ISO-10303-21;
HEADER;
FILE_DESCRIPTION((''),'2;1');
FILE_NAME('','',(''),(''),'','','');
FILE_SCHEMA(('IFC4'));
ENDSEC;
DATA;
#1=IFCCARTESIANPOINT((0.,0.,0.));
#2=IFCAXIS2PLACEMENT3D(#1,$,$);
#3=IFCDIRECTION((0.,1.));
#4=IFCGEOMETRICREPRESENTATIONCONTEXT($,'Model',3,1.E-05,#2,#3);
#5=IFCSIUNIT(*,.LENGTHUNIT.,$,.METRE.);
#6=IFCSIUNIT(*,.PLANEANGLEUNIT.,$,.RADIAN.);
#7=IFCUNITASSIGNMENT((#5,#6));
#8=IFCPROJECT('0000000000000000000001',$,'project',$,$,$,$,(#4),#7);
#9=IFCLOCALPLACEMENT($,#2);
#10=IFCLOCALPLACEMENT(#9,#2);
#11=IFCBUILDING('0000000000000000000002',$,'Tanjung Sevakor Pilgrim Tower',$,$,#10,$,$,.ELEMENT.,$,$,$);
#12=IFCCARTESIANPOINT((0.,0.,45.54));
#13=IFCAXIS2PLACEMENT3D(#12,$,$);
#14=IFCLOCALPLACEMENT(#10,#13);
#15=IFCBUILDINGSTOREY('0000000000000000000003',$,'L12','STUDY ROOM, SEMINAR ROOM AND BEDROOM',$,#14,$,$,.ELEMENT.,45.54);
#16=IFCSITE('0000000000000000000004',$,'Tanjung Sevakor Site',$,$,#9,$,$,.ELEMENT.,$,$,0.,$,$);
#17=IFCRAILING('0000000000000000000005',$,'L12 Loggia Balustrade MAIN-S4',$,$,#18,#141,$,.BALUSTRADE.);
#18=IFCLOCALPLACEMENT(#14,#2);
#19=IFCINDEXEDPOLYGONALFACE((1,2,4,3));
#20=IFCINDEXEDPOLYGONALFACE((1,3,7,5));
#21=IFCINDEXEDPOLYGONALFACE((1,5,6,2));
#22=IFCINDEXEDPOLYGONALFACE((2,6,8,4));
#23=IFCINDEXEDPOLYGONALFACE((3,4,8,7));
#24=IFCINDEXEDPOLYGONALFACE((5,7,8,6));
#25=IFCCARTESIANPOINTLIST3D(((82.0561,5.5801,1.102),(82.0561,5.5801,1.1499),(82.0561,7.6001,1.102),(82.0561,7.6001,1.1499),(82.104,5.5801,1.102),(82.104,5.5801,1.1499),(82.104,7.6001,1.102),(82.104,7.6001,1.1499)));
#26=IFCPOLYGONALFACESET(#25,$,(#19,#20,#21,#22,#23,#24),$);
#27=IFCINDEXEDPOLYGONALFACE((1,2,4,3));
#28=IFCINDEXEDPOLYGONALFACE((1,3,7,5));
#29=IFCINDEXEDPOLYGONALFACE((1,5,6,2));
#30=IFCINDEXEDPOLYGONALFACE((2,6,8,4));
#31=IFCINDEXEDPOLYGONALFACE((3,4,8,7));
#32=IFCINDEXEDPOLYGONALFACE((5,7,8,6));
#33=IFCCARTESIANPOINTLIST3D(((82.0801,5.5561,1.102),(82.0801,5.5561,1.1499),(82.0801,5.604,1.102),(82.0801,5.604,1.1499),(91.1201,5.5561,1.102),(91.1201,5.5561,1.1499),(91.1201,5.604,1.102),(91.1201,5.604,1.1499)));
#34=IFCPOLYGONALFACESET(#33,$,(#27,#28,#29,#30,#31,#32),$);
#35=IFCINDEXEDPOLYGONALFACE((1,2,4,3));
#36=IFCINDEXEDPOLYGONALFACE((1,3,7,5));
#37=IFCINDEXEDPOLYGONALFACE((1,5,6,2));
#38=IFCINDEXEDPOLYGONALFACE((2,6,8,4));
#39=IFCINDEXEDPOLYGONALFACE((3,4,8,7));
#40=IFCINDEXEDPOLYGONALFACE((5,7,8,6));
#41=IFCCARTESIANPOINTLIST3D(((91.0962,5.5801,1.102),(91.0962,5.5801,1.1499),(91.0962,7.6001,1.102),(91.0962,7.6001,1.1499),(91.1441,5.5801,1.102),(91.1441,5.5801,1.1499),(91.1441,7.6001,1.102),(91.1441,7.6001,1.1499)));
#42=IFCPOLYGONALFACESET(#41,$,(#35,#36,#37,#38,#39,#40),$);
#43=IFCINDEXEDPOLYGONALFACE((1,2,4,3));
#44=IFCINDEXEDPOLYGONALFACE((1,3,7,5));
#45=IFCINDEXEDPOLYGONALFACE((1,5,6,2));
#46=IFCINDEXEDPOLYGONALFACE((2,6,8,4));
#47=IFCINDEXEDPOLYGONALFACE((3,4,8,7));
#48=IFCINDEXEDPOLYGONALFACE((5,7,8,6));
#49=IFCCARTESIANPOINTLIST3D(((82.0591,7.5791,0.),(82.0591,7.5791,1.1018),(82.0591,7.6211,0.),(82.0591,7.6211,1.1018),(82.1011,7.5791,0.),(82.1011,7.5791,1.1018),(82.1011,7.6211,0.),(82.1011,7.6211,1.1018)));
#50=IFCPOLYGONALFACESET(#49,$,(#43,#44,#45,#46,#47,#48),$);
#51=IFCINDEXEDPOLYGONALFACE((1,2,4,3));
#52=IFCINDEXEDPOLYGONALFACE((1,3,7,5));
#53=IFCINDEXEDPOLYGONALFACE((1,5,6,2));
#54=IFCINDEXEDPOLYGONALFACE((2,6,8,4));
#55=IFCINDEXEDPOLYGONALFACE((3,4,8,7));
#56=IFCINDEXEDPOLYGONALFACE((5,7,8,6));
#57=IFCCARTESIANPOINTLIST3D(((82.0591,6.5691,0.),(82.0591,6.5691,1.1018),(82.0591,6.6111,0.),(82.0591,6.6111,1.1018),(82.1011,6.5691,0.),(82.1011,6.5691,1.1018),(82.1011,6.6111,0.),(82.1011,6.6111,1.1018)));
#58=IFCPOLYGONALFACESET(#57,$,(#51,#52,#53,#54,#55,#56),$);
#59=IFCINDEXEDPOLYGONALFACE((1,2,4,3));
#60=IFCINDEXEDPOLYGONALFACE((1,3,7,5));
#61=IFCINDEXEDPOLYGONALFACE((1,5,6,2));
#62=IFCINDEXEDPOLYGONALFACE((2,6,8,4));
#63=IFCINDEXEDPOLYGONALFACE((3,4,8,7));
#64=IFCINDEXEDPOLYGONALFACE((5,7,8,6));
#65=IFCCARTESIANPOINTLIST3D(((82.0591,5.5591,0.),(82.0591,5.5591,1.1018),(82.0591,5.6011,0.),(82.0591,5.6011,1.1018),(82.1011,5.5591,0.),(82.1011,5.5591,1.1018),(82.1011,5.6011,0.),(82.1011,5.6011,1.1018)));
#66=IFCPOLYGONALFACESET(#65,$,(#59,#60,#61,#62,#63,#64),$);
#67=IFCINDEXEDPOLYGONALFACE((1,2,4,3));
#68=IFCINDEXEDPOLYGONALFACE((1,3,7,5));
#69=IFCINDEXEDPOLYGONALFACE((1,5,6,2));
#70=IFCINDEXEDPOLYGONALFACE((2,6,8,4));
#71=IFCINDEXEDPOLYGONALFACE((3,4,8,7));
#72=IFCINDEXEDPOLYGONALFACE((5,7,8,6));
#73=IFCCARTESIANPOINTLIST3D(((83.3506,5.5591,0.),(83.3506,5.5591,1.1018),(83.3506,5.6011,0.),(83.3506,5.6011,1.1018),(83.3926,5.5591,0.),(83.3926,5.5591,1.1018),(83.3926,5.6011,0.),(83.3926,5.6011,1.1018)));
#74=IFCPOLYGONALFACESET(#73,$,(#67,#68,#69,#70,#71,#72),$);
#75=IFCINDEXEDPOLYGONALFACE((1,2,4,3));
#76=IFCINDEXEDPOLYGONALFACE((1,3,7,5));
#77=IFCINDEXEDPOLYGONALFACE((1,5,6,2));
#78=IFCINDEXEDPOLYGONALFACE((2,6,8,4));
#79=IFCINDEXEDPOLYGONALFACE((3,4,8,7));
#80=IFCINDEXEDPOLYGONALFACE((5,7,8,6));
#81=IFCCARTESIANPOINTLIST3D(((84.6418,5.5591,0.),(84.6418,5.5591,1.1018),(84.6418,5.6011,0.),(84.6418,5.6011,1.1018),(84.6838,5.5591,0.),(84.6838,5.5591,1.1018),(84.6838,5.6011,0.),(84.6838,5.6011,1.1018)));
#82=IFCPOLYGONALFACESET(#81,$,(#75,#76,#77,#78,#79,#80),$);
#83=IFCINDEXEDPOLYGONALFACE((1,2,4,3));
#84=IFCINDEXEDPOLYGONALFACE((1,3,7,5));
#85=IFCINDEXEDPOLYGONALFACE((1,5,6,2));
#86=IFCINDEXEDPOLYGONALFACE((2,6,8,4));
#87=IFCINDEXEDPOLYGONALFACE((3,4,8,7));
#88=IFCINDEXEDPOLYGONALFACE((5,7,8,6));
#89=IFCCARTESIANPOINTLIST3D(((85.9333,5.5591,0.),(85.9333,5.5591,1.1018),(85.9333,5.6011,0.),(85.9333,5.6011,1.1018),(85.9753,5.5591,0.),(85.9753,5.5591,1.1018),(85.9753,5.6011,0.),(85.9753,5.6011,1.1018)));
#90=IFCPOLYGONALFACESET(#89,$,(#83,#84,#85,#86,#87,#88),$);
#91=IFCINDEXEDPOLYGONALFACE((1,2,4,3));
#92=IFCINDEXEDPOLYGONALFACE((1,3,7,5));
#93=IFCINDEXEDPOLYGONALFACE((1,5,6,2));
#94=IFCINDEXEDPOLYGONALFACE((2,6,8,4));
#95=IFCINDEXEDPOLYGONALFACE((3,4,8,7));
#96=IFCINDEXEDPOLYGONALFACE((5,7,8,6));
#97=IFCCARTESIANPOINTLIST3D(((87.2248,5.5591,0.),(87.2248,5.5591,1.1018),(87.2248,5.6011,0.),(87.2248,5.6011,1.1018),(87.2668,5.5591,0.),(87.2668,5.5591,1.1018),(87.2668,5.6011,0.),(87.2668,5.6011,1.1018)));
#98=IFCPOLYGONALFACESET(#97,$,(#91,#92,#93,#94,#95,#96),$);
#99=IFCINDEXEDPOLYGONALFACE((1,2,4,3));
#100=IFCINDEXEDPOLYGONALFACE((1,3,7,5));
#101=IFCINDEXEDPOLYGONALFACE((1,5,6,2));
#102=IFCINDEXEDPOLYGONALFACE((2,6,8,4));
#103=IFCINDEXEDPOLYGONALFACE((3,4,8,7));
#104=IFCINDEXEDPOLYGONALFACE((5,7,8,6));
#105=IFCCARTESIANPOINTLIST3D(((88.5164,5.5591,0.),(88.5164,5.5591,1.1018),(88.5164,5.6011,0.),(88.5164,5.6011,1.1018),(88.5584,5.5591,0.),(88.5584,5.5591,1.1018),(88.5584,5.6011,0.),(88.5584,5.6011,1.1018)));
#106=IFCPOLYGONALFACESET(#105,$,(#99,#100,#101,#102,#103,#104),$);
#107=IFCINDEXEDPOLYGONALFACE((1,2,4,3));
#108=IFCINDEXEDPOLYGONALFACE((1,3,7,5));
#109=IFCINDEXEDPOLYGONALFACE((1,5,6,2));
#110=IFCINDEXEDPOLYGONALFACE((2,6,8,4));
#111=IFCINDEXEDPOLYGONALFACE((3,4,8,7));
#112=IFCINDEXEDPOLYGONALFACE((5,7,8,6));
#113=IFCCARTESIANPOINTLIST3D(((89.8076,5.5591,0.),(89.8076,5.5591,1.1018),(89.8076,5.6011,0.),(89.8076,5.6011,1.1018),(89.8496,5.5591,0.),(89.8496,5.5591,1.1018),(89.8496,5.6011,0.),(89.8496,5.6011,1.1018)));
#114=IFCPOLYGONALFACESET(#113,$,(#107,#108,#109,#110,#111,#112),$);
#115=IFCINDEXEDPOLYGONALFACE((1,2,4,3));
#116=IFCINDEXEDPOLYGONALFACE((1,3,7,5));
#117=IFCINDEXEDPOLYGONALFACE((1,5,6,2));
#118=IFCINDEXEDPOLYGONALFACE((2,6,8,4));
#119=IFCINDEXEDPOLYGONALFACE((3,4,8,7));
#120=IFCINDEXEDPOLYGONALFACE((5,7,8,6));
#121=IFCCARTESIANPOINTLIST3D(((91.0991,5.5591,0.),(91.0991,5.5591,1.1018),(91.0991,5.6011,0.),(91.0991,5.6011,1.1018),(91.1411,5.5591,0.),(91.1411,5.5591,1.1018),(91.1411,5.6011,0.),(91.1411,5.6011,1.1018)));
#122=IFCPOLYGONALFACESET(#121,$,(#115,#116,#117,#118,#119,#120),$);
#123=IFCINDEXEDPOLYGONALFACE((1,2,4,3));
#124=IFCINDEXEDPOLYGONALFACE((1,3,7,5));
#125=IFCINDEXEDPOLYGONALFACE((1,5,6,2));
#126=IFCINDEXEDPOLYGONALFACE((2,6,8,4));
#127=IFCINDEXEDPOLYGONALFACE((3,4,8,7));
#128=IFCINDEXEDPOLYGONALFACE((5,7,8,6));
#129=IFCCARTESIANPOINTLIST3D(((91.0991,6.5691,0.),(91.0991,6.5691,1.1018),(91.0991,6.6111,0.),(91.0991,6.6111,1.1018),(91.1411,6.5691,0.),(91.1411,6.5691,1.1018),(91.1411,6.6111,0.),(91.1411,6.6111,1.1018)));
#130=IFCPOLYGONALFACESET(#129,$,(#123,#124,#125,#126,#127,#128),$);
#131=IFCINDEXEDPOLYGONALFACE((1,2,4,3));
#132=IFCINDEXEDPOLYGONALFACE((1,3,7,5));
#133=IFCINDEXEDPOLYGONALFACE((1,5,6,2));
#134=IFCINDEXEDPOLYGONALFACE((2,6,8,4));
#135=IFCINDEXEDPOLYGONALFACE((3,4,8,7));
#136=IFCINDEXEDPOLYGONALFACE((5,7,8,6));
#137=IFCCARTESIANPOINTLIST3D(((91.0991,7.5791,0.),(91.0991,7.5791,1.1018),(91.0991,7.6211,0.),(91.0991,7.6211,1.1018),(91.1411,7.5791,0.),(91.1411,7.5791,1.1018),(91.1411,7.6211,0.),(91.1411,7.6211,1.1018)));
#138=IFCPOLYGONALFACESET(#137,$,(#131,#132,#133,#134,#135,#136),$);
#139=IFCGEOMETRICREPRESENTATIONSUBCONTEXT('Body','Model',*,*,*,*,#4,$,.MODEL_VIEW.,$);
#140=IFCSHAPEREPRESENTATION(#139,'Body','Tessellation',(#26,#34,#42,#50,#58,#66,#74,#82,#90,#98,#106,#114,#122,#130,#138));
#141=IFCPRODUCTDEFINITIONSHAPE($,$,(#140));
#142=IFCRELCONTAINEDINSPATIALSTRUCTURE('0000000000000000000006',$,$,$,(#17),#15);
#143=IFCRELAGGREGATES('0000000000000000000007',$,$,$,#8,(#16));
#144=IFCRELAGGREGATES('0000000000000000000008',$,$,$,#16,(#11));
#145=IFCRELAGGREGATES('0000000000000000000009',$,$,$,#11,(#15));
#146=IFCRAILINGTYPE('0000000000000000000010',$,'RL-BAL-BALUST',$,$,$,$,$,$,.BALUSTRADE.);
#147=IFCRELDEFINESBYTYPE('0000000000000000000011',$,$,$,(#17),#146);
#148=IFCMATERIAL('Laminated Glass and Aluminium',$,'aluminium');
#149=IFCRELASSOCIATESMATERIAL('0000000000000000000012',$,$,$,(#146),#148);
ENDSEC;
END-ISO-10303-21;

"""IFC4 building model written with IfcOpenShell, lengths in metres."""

from ifc_helpers import new_model, si_unit, direction, frame, origin, place, context, subcontext, project, spatial, rectangle, extrude, material, type_object, element, save


model = new_model("IFC4")

# Units and contexts
model_context = context("Model", 3, precision=1e-05, world=origin(), true_north=direction((0.0, 1.0)))
body_context = subcontext(model_context, "Body", "Model", "MODEL_VIEW")
ifc_project = project(units=[si_unit("LENGTHUNIT", "METRE"), si_unit("PLANEANGLEUNIT", "RADIAN")], contexts=[model_context])

# Site, building, storey
site_placement = place(None, origin())
site = spatial("IfcSite", under=ifc_project, at=site_placement, Name="Tanjung Sevakor Site", CompositionType="ELEMENT", RefElevation=0.0)
building_placement = place(site_placement, origin())
building = spatial("IfcBuilding", under=site, at=building_placement, Name="Tanjung Sevakor Pilgrim Tower", CompositionType="ELEMENT")
storey_placement = place(building_placement, frame((0.0, 0.0, 45.54)))
storey = spatial("IfcBuildingStorey", under=building, at=storey_placement, Name="L12", Description="STUDY ROOM, SEMINAR ROOM AND BEDROOM", CompositionType="ELEMENT", Elevation=45.54)

# Railing
ifc_material_1 = material(Name="Laminated Glass and Aluminium", Category="aluminium")
railing_type = type_object("IfcRailingType", Name="RL-BAL-BALUST", PredefinedType="BALUSTRADE", material=ifc_material_1)
railing_placement = place(storey_placement, frame((82.0801, 7.6001, 0.0)))
element("IfcRailing", 1, at=railing_placement, inside=storey, type_object=railing_type, Name="L12 Loggia Balustrade MAIN-S4", PredefinedType="BALUSTRADE", context=body_context, shape_type="SweptSolid", body=[
    extrude(rectangle(XDim=0.0479, YDim=0.0479), frame((0.0, 0.0, 1.126), z_axis=(0.0, -1.0, 0.0), x_axis=(1.0, 0.0, 0.0)), (0.0, 0.0, 1.0), 2.02),
    extrude(rectangle(XDim=0.0479, YDim=0.0479), frame((0.0, -2.02, 1.126), z_axis=(1.0, 0.0, 0.0), x_axis=(0.0, 1.0, 0.0)), (0.0, 0.0, 1.0), 9.04),
    extrude(rectangle(XDim=0.0479, YDim=0.0479), frame((9.04, -2.02, 1.126), z_axis=(0.0, 1.0, 0.0), x_axis=(-1.0, 0.0, 0.0)), (0.0, 0.0, 1.0), 2.02),
    extrude(rectangle(XDim=0.042, YDim=0.042), origin(), (0.0, 0.0, 1.0), 1.1018),
    extrude(rectangle(XDim=0.042, YDim=0.042), frame((0.0, -1.01, 0.0)), (0.0, 0.0, 1.0), 1.1018),
    extrude(rectangle(XDim=0.042, YDim=0.042), frame((0.0, -2.02, 0.0)), (0.0, 0.0, 1.0), 1.1018),
    extrude(rectangle(XDim=0.042, YDim=0.042), frame((1.2915, -2.02, 0.0)), (0.0, 0.0, 1.0), 1.1018),
    extrude(rectangle(XDim=0.042, YDim=0.042), frame((2.5828, -2.02, 0.0)), (0.0, 0.0, 1.0), 1.1018),
    extrude(rectangle(XDim=0.042, YDim=0.042), frame((3.8743, -2.02, 0.0)), (0.0, 0.0, 1.0), 1.1018),
    extrude(rectangle(XDim=0.042, YDim=0.042), frame((5.1658, -2.02, 0.0)), (0.0, 0.0, 1.0), 1.1018),
    extrude(rectangle(XDim=0.042, YDim=0.042), frame((6.4573, -2.02, 0.0)), (0.0, 0.0, 1.0), 1.1018),
    extrude(rectangle(XDim=0.042, YDim=0.042), frame((7.7485, -2.02, 0.0)), (0.0, 0.0, 1.0), 1.1018),
    extrude(rectangle(XDim=0.042, YDim=0.042), frame((9.04, -2.02, 0.0)), (0.0, 0.0, 1.0), 1.1018),
    extrude(rectangle(XDim=0.042, YDim=0.042), frame((9.04, -1.01, 0.0)), (0.0, 0.0, 1.0), 1.1018),
    extrude(rectangle(XDim=0.042, YDim=0.042), frame((9.04, 0.0, 0.0)), (0.0, 0.0, 1.0), 1.1018),
])

save(model, "model.ifc")
